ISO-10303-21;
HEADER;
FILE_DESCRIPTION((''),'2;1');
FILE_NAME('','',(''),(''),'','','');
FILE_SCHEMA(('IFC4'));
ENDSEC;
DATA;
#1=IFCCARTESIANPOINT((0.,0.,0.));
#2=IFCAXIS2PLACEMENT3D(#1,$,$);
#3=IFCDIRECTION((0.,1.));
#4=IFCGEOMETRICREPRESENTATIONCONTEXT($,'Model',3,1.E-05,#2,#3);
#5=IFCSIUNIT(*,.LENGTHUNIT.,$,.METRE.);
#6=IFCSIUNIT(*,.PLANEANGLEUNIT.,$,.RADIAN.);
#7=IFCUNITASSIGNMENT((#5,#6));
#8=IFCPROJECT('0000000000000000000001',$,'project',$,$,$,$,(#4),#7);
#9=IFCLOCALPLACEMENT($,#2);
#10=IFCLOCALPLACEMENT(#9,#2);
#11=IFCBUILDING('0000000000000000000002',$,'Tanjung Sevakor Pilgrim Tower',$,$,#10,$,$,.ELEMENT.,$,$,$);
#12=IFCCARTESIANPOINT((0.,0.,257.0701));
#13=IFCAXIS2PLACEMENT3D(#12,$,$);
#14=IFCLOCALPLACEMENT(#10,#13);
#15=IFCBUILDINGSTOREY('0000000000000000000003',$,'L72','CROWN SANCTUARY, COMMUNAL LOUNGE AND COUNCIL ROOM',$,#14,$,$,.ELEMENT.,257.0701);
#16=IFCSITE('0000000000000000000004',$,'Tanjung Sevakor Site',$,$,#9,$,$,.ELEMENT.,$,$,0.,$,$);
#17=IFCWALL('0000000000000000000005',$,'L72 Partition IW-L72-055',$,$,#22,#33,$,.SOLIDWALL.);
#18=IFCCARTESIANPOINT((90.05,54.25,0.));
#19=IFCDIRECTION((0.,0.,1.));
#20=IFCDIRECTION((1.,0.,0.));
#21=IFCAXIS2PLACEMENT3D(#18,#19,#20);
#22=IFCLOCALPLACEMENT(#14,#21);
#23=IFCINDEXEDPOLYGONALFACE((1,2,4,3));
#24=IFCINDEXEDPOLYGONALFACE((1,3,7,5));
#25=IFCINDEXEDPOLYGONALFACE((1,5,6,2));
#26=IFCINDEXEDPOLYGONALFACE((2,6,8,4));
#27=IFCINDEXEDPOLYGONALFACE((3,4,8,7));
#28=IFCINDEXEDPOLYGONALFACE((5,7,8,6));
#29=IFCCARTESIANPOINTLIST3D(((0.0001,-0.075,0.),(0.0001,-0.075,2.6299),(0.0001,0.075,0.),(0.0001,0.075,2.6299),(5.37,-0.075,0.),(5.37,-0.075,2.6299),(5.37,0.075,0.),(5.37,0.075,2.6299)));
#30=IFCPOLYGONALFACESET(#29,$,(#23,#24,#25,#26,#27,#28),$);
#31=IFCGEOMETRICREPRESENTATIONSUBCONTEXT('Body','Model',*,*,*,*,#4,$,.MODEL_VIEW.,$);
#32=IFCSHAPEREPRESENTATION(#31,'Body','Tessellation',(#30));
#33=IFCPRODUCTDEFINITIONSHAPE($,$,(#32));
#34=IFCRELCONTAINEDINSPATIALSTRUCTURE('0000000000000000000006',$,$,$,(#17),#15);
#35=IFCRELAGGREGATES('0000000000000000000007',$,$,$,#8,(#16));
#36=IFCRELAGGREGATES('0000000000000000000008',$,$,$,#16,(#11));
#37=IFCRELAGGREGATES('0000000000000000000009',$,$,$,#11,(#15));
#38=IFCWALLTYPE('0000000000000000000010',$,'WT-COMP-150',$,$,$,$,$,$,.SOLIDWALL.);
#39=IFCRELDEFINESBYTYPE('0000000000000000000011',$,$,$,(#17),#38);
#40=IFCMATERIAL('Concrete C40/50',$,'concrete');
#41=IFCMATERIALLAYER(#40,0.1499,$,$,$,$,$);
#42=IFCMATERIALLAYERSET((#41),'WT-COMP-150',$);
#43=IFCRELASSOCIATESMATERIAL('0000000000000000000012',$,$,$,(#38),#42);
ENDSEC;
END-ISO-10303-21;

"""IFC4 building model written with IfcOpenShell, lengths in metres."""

from ifc_helpers import new_model, si_unit, direction, frame, frame_2d, origin, place, context, subcontext, project, spatial, rectangle, extrude, material, layer, layer_set, type_object, element, save


model = new_model("IFC4")

# Units and contexts
model_context = context("Model", 3, precision=1e-05, world=origin(), true_north=direction((0.0, 1.0)))
body_context = subcontext(model_context, "Body", "Model", "MODEL_VIEW")
ifc_project = project(units=[si_unit("LENGTHUNIT", "METRE"), si_unit("PLANEANGLEUNIT", "RADIAN")], contexts=[model_context])

# Site, building, storey
site_placement = place(None, origin())
site = spatial("IfcSite", under=ifc_project, at=site_placement, Name="Tanjung Sevakor Site", CompositionType="ELEMENT", RefElevation=0.0)
building_placement = place(site_placement, origin())
building = spatial("IfcBuilding", under=site, at=building_placement, Name="Tanjung Sevakor Pilgrim Tower", CompositionType="ELEMENT")
storey_placement = place(building_placement, frame((0.0, 0.0, 257.0701)))
storey = spatial("IfcBuildingStorey", under=building, at=storey_placement, Name="L72", Description="CROWN SANCTUARY, COMMUNAL LOUNGE AND COUNCIL ROOM", CompositionType="ELEMENT", Elevation=257.0701)

# Wall
ifc_material_1 = material(Name="Concrete C40/50", Category="concrete")
ifc_layer_1 = layer(ifc_material_1, 0.1499)
ifc_layer_set_1 = layer_set([ifc_layer_1], Name="WT-COMP-150")
wall_type_1 = type_object("IfcWallType", Name="WT-COMP-150", PredefinedType="SOLIDWALL", material=ifc_layer_set_1)
wall_placement = place(storey_placement, frame((90.05, 54.25, 0.0), z_axis=(0.0, 0.0, 1.0), x_axis=(1.0, 0.0, 0.0)))
element("IfcWall", 1, at=wall_placement, inside=storey, type_object=wall_type_1, Name="L72 Partition IW-L72-055", PredefinedType="SOLIDWALL", context=body_context, shape_type="SweptSolid", body=[
    extrude(rectangle(XDim=5.3699, YDim=0.1499, at=frame_2d((2.6851, 0.0))), origin(), (0.0, 0.0, 1.0), 2.6299),
])

save(model, "model.ifc")
